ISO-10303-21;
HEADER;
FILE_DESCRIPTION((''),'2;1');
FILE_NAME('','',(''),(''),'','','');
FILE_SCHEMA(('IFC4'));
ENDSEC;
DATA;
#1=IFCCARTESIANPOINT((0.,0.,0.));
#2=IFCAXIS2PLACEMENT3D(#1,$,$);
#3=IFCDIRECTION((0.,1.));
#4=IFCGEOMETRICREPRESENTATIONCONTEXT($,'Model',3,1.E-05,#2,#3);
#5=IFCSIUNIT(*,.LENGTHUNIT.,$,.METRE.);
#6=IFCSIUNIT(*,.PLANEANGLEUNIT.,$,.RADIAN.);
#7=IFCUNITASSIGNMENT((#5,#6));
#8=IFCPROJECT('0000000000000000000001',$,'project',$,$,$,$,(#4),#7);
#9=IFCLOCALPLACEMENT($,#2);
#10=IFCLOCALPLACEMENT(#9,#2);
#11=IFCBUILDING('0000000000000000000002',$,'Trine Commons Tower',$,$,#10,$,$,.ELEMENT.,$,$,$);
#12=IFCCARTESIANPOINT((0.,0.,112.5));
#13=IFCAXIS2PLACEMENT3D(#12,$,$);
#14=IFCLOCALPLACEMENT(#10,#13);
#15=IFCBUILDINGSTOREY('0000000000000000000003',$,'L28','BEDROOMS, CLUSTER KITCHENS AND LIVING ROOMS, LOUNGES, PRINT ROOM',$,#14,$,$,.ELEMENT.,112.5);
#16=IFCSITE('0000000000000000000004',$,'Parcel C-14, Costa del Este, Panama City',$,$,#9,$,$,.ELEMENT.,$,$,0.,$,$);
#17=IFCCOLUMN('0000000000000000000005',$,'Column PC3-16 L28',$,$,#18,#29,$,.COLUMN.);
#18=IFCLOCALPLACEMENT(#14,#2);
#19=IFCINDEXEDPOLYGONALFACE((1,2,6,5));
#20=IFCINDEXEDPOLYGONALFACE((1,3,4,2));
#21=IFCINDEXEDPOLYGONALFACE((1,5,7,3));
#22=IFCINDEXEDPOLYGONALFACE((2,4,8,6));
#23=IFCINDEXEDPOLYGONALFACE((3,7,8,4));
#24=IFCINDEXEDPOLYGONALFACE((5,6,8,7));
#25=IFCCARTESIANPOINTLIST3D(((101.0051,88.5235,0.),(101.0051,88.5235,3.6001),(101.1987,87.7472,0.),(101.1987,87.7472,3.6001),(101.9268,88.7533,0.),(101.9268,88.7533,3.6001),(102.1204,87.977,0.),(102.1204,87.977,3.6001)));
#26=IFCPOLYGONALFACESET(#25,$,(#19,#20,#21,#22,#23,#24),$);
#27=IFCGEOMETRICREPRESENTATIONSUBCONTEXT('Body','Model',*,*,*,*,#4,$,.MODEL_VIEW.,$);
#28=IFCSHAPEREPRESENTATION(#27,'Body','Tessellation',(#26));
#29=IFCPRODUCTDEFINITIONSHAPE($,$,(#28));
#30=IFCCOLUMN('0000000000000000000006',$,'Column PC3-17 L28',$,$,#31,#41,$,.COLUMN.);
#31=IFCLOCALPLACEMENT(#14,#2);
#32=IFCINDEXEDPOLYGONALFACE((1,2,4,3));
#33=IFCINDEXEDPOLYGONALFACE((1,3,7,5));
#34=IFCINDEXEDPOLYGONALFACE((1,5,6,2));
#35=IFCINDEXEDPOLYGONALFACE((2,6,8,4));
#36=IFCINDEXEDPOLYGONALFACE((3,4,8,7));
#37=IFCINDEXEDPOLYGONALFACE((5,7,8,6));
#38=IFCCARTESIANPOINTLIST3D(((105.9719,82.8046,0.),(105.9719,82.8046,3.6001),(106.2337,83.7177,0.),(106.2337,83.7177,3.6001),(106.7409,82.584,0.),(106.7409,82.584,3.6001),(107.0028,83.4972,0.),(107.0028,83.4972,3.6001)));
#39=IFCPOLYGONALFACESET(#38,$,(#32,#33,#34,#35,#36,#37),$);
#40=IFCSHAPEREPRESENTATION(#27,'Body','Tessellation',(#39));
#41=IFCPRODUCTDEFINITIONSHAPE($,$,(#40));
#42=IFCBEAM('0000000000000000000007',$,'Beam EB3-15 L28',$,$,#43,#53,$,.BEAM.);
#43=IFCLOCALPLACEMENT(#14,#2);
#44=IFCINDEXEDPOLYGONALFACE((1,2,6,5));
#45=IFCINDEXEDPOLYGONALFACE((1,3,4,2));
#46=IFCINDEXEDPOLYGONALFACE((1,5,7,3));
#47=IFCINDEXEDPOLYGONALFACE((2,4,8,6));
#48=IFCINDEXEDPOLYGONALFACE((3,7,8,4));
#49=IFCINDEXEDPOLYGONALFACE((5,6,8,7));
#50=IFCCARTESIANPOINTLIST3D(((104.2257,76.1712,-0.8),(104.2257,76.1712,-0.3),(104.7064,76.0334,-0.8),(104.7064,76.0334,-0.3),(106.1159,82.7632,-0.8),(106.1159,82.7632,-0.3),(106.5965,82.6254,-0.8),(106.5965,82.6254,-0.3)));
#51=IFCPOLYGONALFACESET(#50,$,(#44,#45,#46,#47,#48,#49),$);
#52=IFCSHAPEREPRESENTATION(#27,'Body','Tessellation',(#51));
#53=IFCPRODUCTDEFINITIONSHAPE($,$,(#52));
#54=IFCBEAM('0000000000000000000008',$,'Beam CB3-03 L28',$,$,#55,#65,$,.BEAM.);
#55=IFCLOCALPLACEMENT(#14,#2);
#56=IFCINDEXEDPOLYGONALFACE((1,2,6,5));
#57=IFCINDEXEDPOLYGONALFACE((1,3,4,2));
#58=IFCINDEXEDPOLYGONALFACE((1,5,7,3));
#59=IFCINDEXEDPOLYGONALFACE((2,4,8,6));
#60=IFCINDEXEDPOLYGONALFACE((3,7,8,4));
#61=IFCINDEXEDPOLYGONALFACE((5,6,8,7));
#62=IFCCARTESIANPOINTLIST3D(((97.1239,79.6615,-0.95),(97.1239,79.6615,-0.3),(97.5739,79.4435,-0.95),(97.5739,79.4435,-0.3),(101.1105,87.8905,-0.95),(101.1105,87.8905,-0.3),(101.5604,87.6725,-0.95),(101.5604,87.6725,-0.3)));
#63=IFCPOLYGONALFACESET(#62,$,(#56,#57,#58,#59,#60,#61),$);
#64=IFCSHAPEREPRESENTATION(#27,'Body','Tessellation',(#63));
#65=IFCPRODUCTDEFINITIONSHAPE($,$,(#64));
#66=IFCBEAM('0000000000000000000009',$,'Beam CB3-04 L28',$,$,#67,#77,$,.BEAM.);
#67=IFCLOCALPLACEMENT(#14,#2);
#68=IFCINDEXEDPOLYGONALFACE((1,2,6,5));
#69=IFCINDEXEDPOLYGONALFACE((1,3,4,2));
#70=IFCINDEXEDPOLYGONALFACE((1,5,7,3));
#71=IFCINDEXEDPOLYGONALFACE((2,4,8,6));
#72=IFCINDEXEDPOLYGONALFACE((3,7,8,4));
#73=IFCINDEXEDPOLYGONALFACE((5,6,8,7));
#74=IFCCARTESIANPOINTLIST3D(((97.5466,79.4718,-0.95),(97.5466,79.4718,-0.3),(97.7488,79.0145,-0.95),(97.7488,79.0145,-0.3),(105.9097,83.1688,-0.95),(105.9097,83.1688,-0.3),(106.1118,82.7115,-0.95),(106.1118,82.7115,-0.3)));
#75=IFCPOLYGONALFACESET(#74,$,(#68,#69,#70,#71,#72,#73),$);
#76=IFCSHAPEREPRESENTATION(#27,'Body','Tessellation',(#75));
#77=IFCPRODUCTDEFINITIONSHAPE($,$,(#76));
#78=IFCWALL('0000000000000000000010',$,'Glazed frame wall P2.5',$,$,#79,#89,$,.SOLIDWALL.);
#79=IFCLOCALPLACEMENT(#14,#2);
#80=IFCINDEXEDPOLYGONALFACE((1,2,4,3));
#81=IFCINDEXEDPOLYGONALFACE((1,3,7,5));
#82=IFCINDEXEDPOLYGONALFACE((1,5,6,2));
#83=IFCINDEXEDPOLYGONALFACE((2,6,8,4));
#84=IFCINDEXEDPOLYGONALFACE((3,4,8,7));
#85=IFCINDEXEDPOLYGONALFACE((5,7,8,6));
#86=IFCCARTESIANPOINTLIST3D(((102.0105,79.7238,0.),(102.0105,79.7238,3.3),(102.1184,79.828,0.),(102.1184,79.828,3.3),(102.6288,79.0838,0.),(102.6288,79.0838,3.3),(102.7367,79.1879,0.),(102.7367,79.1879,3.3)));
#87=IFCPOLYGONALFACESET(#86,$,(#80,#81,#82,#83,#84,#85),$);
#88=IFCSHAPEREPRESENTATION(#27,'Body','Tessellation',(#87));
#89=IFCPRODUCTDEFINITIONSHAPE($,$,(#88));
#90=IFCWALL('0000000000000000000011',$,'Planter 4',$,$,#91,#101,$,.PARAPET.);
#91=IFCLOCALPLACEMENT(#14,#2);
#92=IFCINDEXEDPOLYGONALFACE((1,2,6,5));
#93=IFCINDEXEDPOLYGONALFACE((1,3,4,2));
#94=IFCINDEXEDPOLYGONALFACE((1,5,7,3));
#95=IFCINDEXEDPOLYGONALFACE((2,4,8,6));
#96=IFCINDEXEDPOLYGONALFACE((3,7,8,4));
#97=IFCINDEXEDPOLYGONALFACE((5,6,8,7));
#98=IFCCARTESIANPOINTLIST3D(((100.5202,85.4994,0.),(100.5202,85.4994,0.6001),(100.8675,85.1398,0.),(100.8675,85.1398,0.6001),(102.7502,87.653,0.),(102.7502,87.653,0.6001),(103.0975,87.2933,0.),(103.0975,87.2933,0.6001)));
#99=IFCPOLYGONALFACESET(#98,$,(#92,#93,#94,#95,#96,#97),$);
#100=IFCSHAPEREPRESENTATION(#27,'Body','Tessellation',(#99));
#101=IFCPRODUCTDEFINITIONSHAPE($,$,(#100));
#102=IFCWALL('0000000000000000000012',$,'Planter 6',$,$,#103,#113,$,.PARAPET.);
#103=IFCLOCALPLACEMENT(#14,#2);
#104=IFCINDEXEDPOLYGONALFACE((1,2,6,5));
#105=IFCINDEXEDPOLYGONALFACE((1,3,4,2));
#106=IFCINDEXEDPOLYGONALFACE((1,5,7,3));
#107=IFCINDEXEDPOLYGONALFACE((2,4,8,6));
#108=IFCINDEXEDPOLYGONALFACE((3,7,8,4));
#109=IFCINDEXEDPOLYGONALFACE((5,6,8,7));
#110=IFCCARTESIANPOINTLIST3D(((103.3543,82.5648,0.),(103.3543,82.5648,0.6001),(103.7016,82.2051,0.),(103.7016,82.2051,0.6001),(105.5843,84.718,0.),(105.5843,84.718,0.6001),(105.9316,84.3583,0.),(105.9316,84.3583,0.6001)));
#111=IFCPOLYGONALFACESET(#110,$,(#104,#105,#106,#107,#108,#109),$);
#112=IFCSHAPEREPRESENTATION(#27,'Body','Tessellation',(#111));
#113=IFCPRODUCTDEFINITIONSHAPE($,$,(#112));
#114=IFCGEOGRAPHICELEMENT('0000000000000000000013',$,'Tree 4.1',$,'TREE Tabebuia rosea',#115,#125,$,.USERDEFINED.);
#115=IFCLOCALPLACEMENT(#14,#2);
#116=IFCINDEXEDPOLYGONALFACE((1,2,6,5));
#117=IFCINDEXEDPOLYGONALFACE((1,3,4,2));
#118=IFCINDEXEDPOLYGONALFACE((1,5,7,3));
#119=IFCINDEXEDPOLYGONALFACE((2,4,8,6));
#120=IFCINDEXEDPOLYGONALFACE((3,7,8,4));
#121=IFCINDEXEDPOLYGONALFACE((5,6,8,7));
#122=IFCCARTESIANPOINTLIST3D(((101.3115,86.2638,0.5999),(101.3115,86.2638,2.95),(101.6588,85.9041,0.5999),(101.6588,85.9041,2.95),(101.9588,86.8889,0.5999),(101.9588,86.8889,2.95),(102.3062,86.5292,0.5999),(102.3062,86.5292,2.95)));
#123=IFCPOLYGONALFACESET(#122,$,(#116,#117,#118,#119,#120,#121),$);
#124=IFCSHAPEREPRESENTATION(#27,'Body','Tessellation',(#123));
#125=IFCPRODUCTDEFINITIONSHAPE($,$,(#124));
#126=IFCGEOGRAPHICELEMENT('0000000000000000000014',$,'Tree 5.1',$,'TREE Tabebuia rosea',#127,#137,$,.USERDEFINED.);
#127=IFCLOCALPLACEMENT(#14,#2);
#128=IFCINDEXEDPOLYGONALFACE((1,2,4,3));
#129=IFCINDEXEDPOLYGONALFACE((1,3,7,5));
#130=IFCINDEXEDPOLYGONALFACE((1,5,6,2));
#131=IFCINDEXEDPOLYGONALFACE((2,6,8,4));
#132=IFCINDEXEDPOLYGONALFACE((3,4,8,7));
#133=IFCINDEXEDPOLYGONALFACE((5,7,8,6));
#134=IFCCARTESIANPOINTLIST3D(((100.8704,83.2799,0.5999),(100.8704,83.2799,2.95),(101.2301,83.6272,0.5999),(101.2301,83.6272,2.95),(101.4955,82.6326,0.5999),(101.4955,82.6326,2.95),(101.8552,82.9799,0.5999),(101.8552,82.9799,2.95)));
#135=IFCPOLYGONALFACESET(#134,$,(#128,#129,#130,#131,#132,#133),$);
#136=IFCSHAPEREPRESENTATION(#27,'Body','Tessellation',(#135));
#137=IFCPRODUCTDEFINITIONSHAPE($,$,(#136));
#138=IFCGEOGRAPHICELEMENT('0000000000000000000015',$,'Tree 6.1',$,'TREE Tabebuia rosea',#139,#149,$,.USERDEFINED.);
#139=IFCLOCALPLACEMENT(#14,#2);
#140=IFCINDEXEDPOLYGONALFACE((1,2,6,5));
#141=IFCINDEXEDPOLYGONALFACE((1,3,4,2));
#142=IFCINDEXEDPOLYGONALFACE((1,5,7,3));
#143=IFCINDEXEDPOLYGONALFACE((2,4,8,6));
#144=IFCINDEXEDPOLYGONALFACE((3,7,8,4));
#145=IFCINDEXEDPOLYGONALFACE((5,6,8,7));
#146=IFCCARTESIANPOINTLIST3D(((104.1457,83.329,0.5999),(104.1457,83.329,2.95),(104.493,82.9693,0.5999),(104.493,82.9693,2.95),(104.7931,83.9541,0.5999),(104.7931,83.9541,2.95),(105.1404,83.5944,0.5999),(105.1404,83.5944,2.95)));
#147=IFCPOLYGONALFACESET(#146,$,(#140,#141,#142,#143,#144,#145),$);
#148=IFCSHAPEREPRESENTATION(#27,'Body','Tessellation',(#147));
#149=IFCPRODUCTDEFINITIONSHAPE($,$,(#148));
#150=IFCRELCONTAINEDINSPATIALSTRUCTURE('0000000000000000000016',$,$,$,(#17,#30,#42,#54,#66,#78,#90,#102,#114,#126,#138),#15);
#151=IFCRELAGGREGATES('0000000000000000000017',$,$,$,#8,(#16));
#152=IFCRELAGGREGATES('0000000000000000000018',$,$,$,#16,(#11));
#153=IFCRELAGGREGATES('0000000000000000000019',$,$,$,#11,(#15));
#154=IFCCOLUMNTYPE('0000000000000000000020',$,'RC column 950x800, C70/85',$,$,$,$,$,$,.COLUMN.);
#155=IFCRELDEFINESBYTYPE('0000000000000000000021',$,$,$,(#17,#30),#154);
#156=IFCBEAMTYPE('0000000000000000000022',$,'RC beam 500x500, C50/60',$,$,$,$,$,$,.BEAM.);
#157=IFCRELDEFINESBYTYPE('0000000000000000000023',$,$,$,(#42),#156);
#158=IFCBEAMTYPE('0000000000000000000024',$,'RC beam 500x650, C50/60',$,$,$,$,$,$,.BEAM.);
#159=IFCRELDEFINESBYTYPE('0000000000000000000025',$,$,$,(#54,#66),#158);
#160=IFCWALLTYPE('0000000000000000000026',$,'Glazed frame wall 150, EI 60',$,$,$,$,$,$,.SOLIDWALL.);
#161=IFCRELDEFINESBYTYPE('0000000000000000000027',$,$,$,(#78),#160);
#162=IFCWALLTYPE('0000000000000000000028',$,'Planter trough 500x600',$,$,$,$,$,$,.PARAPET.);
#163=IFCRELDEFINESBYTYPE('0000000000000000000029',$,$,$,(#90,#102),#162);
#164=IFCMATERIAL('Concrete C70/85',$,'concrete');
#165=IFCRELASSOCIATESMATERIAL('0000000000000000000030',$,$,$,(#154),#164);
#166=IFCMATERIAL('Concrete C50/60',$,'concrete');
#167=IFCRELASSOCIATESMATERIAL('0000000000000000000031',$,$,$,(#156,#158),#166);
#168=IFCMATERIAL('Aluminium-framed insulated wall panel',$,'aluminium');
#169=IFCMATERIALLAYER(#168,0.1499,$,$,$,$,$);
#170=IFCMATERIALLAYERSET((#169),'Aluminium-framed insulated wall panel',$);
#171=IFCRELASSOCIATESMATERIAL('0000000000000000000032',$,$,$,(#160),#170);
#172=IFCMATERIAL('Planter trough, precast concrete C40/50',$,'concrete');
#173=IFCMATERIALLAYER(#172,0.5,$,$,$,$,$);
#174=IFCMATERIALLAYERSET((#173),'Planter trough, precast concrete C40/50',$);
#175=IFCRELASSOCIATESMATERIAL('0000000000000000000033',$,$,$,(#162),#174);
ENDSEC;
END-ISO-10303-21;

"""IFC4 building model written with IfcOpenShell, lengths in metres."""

from ifc_helpers import new_model, si_unit, direction, frame, frame_2d, origin, origin_2d, place, context, subcontext, project, spatial, polyline, rectangle, outline, extrude, material, layer, layer_set, material_profile, profile_set, type_object, element, save


model = new_model("IFC4")

# Units and contexts
model_context = context("Model", 3, precision=1e-05, world=origin(), true_north=direction((0.0, 1.0)))
body_context = subcontext(model_context, "Body", "Model", "MODEL_VIEW")
ifc_project = project(units=[si_unit("LENGTHUNIT", "METRE"), si_unit("PLANEANGLEUNIT", "RADIAN")], contexts=[model_context])

# Site, building, storey
site_placement = place(None, origin())
site = spatial("IfcSite", under=ifc_project, at=site_placement, Name="Parcel C-14, Costa del Este, Panama City", CompositionType="ELEMENT", RefElevation=0.0)
building_placement = place(site_placement, origin())
building = spatial("IfcBuilding", under=site, at=building_placement, Name="Trine Commons Tower", CompositionType="ELEMENT")
storey_placement = place(building_placement, frame((0.0, 0.0, 112.5)))
storey = spatial("IfcBuildingStorey", under=building, at=storey_placement, Name="L28", Description="BEDROOMS, CLUSTER KITCHENS AND LIVING ROOMS, LOUNGES, PRINT ROOM", CompositionType="ELEMENT", Elevation=112.5)

# Columns
ifc_material_1 = material(Name="Concrete C70/85", Category="concrete")
ifc_material_profile_1 = material_profile(ifc_material_1, rectangle(XDim=0.95, YDim=0.8, at=origin_2d()), Name="RC 950x800")
ifc_profile_set_1 = profile_set([ifc_material_profile_1], Name="Concrete C70/85")
column_type = type_object("IfcColumnType", Name="RC column 950x800, C70/85", PredefinedType="COLUMN", material=ifc_profile_set_1)
for number, where, z_axis, x_axis, name in (
    (1, (101.5627, 88.2502, 0.0), (0.0, 0.0, 1.0), (0.970296, 0.241922, 0.0), "Column PC3-16 L28"),
    (2, (106.4873, 83.1509, 0.0), (0.0, 0.0, 1.0), (0.275637, 0.961262, 0.0), "Column PC3-17 L28"),
):
    element("IfcColumn", number, at=place(storey_placement, frame(where, z_axis=z_axis, x_axis=x_axis)), inside=storey, type_object=column_type, Name=name, PredefinedType="COLUMN", context=body_context, shape_type="SweptSolid", body=[
        extrude(rectangle(XDim=0.95, YDim=0.8, at=origin_2d()), origin(), (0.0, 0.0, 1.0), 3.6001),
    ])

# Beams
ifc_material_2 = material(Name="Concrete C50/60", Category="concrete")
ifc_material_profile_2 = material_profile(ifc_material_2, rectangle(XDim=0.5, YDim=0.5, at=origin_2d()), Name="RC 500x500")
ifc_profile_set_2 = profile_set([ifc_material_profile_2], Name="Concrete C50/60")
beam_type_1 = type_object("IfcBeamType", Name="RC beam 500x500, C50/60", PredefinedType="BEAM", material=ifc_profile_set_2)
beam_placement = place(storey_placement, frame((106.3562, 82.6943, -0.55), z_axis=(-0.275624, -0.961266, 0.0), x_axis=(0.961266, -0.275624, 0.0)))
element("IfcBeam", 3, at=beam_placement, inside=storey, type_object=beam_type_1, Name="Beam EB3-15 L28", PredefinedType="BEAM", context=body_context, shape_type="SweptSolid", body=[
    extrude(rectangle(XDim=0.5, YDim=0.5, at=origin_2d()), origin(), (0.0, 0.0, 1.0), 6.8577),
])
ifc_material_profile_3 = material_profile(ifc_material_2, rectangle(XDim=0.5, YDim=0.6499, at=origin_2d()), Name="RC 500x650")
ifc_profile_set_3 = profile_set([ifc_material_profile_3], Name="Concrete C50/60")
beam_type_2 = type_object("IfcBeamType", Name="RC beam 500x650, C50/60", PredefinedType="BEAM", material=ifc_profile_set_3)
for number, where, z_axis, x_axis, name in (
    (4, (101.3354, 87.7815, -0.625), (-0.435986, -0.899953, 0.0), (0.899953, -0.435986, 0.0), "Beam CB3-03 L28"),
    (5, (106.0107, 82.9402, -0.625), (-0.914617, -0.404322, 0.0), (0.404322, -0.914617, 0.0), "Beam CB3-04 L28"),
):
    element("IfcBeam", number, at=place(storey_placement, frame(where, z_axis=z_axis, x_axis=x_axis)), inside=storey, type_object=beam_type_2, Name=name, PredefinedType="BEAM", context=body_context, shape_type="SweptSolid", body=[
        extrude(rectangle(XDim=0.5, YDim=0.6499, at=origin_2d()), origin(), (0.0, 0.0, 1.0), 9.1438),
    ])

# Wall
ifc_material_3 = material(Name="Aluminium-framed insulated wall panel", Category="aluminium")
ifc_layer_1 = layer(ifc_material_3, 0.1499)
ifc_layer_set_1 = layer_set([ifc_layer_1], Name="Aluminium-framed insulated wall panel")
wall_type_1 = type_object("IfcWallType", Name="Glazed frame wall 150, EI 60", PredefinedType="SOLIDWALL", material=ifc_layer_set_1)
wall_1_placement = place(storey_placement, frame((102.0645, 79.7759, 0.0), z_axis=(0.0, 0.0, 1.0), x_axis=(0.694795, -0.719208, 0.0)))
element("IfcWall", 6, at=wall_1_placement, inside=storey, type_object=wall_type_1, Name="Glazed frame wall P2.5", PredefinedType="SOLIDWALL", context=body_context, shape_type="SweptSolid", body=[
    extrude(outline(polyline([(0.8899, 0.075), (0.0, 0.075), (0.0, -0.075), (0.8899, -0.075), (0.8899, 0.075)])), origin(), (0.0, 0.0, 1.0), 3.3),
])

# Walls
ifc_material_4 = material(Name="Planter trough, precast concrete C40/50", Category="concrete")
ifc_layer_2 = layer(ifc_material_4, 0.5)
ifc_layer_set_2 = layer_set([ifc_layer_2], Name="Planter trough, precast concrete C40/50")
wall_type_2 = type_object("IfcWallType", Name="Planter trough 500x600", PredefinedType="PARAPET", material=ifc_layer_set_2)
wall_2_placement = place(storey_placement, frame((102.9238, 87.4731, 0.0), z_axis=(0.0, 0.0, 1.0), x_axis=(-0.719324, -0.694675, 0.0)))
element("IfcWall", 7, at=wall_2_placement, inside=storey, type_object=wall_type_2, Name="Planter 4", PredefinedType="PARAPET", context=body_context, shape_type="SweptSolid", body=[
    extrude(rectangle(XDim=3.1001, YDim=0.5, at=frame_2d((1.55, 0.0))), origin(), (0.0, 0.0, 1.0), 0.6001),
])
wall_3_placement = place(storey_placement, frame((103.5281, 82.385, 0.0), z_axis=(0.0, 0.0, 1.0), x_axis=(0.719363, 0.694634, 0.0)))
element("IfcWall", 8, at=wall_3_placement, inside=storey, type_object=wall_type_2, Name="Planter 6", PredefinedType="PARAPET", context=body_context, shape_type="SweptSolid", body=[
    extrude(rectangle(XDim=3.0999, YDim=0.5, at=frame_2d((1.5498, 0.0))), origin(), (0.0, 0.0, 1.0), 0.6001),
])

# Geographic elements
for number, where, z_axis, x_axis, name in (
    (9, (101.8088, 86.3965, 0.5999), (0.0, 0.0, 1.0), (-0.719333, -0.694666, 0.0), "Tree 4.1"),
    (10, (101.3628, 83.1299, 0.5999), (0.0, 0.0, 1.0), (0.694658, -0.71934, 0.0), "Tree 5.1"),
    (11, (104.6431, 83.4617, 0.5999), (0.0, 0.0, 1.0), (0.719363, 0.694635, 0.0), "Tree 6.1"),
):
    element("IfcGeographicElement", number, at=place(storey_placement, frame(where, z_axis=z_axis, x_axis=x_axis)), inside=storey, Name=name, ObjectType="TREE Tabebuia rosea", PredefinedType="USERDEFINED", context=body_context, shape_type="SweptSolid", body=[
        extrude(rectangle(XDim=0.8999, YDim=0.5, at=origin_2d()), origin(), (0.0, 0.0, 1.0), 2.3501),
    ])

save(model, "model.ifc")
